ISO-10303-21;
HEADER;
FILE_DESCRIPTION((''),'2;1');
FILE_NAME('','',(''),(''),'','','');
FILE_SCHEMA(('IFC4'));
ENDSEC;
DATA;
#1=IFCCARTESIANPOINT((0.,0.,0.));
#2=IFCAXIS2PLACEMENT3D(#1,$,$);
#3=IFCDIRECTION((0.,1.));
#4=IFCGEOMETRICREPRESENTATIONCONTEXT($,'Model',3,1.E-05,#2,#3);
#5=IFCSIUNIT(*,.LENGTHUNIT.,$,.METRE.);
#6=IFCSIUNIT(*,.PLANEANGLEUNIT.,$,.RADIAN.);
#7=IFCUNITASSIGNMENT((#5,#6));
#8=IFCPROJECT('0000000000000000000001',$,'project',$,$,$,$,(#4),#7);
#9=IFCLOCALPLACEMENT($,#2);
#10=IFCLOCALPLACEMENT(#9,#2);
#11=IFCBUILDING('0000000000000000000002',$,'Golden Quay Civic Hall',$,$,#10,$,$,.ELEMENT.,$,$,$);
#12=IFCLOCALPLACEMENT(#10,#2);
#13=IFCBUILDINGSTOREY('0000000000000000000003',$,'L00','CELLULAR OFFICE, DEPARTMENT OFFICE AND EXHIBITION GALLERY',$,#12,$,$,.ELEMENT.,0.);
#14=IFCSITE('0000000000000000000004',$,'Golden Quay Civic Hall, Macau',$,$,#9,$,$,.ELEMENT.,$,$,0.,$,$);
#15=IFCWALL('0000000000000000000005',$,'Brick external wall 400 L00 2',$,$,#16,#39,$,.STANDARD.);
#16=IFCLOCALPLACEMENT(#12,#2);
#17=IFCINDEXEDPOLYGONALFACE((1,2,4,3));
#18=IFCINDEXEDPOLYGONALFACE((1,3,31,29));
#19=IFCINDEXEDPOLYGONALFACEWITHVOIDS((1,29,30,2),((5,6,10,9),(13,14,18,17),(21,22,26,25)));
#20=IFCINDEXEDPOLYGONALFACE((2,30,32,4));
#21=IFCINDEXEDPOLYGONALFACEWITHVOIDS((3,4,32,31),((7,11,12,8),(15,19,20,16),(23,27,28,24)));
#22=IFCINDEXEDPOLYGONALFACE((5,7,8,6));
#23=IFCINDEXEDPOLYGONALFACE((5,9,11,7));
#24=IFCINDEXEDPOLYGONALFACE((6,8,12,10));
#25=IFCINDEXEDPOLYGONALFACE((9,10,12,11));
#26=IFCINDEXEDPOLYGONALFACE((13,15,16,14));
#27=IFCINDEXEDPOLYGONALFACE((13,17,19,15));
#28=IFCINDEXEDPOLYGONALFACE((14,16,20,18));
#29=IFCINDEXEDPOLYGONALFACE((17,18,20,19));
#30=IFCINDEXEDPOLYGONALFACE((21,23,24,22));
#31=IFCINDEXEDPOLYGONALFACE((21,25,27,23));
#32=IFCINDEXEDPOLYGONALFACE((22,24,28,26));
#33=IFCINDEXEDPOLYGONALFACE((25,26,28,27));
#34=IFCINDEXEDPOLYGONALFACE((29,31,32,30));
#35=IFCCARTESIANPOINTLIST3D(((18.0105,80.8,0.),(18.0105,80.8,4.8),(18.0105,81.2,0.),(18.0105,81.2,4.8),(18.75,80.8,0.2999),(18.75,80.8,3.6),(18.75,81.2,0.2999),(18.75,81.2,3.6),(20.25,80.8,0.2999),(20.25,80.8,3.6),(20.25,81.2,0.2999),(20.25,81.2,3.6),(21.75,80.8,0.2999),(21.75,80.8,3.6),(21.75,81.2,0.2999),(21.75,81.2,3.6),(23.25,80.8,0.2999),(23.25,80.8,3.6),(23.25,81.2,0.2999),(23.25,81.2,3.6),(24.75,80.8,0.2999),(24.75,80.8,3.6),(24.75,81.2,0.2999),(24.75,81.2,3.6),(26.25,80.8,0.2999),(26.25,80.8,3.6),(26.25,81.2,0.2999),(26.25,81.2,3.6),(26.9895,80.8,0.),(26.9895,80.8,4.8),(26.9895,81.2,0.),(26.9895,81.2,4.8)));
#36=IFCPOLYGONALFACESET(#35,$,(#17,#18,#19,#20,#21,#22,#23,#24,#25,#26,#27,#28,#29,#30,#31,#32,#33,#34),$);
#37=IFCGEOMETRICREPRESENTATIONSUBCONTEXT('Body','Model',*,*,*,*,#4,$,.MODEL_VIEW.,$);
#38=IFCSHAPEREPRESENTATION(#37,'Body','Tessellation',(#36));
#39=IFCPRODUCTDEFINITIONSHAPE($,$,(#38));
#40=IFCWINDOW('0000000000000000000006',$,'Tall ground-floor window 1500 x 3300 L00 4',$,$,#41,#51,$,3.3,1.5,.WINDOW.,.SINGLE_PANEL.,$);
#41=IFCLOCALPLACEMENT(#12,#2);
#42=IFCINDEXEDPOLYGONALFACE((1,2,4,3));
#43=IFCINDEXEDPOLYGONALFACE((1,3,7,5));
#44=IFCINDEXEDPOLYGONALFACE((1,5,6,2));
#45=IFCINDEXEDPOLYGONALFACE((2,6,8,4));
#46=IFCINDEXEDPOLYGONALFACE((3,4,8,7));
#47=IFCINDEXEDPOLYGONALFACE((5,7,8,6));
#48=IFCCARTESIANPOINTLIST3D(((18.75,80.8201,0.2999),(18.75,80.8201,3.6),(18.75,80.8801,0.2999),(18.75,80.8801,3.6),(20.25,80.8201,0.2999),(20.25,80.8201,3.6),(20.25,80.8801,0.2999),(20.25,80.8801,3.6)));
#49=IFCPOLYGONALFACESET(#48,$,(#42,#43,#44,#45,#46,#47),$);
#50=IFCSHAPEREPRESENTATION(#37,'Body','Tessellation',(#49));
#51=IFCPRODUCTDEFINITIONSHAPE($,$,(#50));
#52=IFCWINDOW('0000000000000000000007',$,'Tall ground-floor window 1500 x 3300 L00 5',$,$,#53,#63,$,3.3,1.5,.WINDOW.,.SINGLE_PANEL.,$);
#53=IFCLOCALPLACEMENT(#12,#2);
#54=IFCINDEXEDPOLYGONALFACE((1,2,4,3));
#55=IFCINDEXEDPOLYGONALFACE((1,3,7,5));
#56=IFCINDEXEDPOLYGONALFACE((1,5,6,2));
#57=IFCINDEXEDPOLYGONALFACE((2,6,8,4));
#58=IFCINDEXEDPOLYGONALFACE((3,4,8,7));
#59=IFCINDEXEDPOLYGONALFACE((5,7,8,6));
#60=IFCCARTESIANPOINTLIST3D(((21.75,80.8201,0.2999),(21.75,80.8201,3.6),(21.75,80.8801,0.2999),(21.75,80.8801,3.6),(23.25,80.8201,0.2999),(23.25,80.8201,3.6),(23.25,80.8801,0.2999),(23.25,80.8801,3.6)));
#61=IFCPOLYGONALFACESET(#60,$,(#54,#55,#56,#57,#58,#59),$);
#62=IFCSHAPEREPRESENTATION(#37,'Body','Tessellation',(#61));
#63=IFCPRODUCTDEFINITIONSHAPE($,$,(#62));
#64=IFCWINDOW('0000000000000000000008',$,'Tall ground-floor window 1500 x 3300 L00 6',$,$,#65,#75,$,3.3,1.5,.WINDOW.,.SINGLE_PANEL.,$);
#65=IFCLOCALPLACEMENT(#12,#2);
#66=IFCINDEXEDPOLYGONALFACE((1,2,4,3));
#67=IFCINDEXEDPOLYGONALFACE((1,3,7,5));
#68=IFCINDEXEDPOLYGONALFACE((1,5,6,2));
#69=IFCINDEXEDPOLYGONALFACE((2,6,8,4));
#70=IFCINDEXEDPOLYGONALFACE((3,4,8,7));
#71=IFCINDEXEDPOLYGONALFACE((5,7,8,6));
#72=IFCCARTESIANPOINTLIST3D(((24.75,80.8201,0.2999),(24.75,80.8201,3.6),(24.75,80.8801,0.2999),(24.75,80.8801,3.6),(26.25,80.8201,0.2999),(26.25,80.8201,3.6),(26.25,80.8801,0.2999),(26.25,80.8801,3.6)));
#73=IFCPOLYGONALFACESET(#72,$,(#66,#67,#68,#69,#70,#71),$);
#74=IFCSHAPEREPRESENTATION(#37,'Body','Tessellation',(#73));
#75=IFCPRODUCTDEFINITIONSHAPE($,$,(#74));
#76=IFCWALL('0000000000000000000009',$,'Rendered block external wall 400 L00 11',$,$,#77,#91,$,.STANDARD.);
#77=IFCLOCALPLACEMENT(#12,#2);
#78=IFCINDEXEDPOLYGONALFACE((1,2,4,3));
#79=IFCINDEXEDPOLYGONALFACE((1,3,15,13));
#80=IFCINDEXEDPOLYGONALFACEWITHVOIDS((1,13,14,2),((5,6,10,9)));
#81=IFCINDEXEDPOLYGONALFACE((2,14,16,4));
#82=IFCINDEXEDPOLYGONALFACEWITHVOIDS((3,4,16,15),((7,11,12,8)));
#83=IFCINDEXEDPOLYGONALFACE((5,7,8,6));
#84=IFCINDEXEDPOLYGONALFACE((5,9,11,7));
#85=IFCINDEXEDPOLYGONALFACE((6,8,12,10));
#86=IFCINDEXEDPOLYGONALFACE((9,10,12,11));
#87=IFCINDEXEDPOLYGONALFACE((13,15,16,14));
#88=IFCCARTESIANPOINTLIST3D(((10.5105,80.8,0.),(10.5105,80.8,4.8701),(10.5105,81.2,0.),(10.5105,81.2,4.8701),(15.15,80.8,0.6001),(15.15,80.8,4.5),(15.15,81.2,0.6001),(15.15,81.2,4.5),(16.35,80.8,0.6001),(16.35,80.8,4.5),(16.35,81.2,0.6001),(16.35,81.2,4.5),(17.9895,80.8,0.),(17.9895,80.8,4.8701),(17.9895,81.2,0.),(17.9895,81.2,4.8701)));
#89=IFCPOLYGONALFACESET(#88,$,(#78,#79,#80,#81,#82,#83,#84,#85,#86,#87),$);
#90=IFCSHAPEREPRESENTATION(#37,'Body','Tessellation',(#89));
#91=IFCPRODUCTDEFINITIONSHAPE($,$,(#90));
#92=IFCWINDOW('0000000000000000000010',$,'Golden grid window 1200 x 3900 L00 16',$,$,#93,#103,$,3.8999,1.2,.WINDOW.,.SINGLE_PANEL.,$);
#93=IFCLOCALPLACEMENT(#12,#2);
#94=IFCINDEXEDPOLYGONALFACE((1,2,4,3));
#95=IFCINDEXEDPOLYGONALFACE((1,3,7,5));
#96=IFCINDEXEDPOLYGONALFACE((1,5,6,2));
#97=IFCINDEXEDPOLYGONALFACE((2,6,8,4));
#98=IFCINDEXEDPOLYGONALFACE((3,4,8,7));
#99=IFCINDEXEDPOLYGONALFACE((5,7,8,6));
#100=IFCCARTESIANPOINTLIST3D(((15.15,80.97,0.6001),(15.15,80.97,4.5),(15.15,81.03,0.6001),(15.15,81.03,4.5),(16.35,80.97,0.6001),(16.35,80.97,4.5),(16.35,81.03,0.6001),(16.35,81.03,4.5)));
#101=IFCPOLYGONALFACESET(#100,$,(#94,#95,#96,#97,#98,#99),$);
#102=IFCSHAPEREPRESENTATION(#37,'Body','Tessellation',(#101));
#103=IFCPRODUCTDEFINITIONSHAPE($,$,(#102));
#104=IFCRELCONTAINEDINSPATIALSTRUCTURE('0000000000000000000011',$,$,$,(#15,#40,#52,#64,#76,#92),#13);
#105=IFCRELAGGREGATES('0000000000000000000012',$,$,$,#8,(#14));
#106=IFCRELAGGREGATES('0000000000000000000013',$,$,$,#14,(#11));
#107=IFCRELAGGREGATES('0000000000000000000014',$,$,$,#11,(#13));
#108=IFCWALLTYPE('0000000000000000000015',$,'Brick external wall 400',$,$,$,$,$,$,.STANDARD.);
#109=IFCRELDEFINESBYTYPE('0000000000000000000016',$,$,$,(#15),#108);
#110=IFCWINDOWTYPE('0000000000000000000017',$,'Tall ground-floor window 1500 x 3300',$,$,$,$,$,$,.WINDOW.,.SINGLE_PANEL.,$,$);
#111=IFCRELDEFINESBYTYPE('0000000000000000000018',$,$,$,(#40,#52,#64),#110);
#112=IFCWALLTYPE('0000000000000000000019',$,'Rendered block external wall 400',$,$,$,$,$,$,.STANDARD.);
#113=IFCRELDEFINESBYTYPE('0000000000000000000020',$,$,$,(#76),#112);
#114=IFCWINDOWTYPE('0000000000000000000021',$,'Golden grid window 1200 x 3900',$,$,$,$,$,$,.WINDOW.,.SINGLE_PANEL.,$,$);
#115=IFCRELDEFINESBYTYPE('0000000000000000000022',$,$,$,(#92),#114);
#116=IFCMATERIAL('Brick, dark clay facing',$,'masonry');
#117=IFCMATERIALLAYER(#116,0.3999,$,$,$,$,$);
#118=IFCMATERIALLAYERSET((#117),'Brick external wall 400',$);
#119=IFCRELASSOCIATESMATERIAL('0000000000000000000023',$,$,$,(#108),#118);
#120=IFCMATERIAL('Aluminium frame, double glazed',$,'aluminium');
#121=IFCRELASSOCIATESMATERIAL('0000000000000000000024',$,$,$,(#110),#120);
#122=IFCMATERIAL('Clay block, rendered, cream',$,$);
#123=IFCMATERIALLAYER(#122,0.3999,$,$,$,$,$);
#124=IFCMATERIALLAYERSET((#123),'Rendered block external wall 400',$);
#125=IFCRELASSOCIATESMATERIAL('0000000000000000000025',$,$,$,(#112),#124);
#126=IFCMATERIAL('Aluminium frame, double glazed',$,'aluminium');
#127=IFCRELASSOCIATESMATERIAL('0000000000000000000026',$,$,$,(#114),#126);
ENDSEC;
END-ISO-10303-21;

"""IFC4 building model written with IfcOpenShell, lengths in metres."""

from ifc_helpers import new_model, si_unit, direction, frame, frame_2d, origin, place, context, subcontext, project, spatial, rectangle, extrude, material, layer, layer_set, type_object, element, fill, save


model = new_model("IFC4")

# Units and contexts
model_context = context("Model", 3, precision=1e-05, world=origin(), true_north=direction((0.0, 1.0)))
body_context = subcontext(model_context, "Body", "Model", "MODEL_VIEW")
ifc_project = project(units=[si_unit("LENGTHUNIT", "METRE"), si_unit("PLANEANGLEUNIT", "RADIAN")], contexts=[model_context])

# Site, building, storey
site_placement = place(None, origin())
site = spatial("IfcSite", under=ifc_project, at=site_placement, Name="Golden Quay Civic Hall, Macau", CompositionType="ELEMENT", RefElevation=0.0)
building_placement = place(site_placement, origin())
building = spatial("IfcBuilding", under=site, at=building_placement, Name="Golden Quay Civic Hall", CompositionType="ELEMENT")
storey_placement = place(building_placement, origin())
storey = spatial("IfcBuildingStorey", under=building, at=storey_placement, Name="L00", Description="CELLULAR OFFICE, DEPARTMENT OFFICE AND EXHIBITION GALLERY", CompositionType="ELEMENT", Elevation=0.0)

# Wall, openings, windows
ifc_material_1 = material(Name="Brick, dark clay facing", Category="masonry")
ifc_layer_1 = layer(ifc_material_1, 0.3999)
ifc_layer_set_1 = layer_set([ifc_layer_1], Name="Brick external wall 400")
wall_type_1 = type_object("IfcWallType", Name="Brick external wall 400", PredefinedType="STANDARD", material=ifc_layer_set_1)
wall_1_placement = place(storey_placement, frame((18.0105, 81.0, 0.0), z_axis=(0.0, 0.0, 1.0), x_axis=(1.0, 0.0, 0.0)))
wall_1 = element("IfcWall", 1, at=wall_1_placement, inside=storey, type_object=wall_type_1, Name="Brick external wall 400 L00 2", PredefinedType="STANDARD", context=body_context, shape_type="SweptSolid", body=[
    extrude(rectangle(XDim=8.979, YDim=0.3999, at=frame_2d((4.4895, 0.0))), origin(), (0.0, 0.0, 1.0), 4.8),
])
opening_1_placement = place(wall_1_placement, frame((0.7395, 0.0, 0.3)))
opening_1 = element("IfcOpeningElement", 2, at=opening_1_placement, cuts=wall_1, PredefinedType="OPENING", context=body_context, shape_type="SweptSolid", body=[
    extrude(rectangle(XDim=1.5, YDim=3.3, at=frame_2d((0.75, 1.6499))), frame((0.0, 0.21, 0.0), z_axis=(0.0, -1.0, 0.0), x_axis=(1.0, 0.0, 0.0)), (0.0, 0.0, 1.0), 0.4199),
])
opening_2_placement = place(wall_1_placement, frame((3.7395, 0.0, 0.3)))
opening_2 = element("IfcOpeningElement", 3, at=opening_2_placement, cuts=wall_1, PredefinedType="OPENING", context=body_context, shape_type="SweptSolid", body=[
    extrude(rectangle(XDim=1.5, YDim=3.3, at=frame_2d((0.75, 1.6499))), frame((0.0, 0.21, 0.0), z_axis=(0.0, -1.0, 0.0), x_axis=(1.0, 0.0, 0.0)), (0.0, 0.0, 1.0), 0.4199),
])
opening_3_placement = place(wall_1_placement, frame((6.7395, 0.0, 0.3)))
opening_3 = element("IfcOpeningElement", 4, at=opening_3_placement, cuts=wall_1, PredefinedType="OPENING", context=body_context, shape_type="SweptSolid", body=[
    extrude(rectangle(XDim=1.5, YDim=3.3, at=frame_2d((0.75, 1.6499))), frame((0.0, 0.21, 0.0), z_axis=(0.0, -1.0, 0.0), x_axis=(1.0, 0.0, 0.0)), (0.0, 0.0, 1.0), 0.4199),
])
ifc_material_2 = material(Name="Aluminium frame, double glazed", Category="aluminium")
window_type_1 = type_object("IfcWindowType", Name="Tall ground-floor window 1500 x 3300", PartitioningType="SINGLE_PANEL", PredefinedType="WINDOW", material=ifc_material_2)
window_1_placement = place(opening_1_placement, origin())
window_1 = element("IfcWindow", 5, at=window_1_placement, inside=storey, type_object=window_type_1, Name="Tall ground-floor window 1500 x 3300 L00 4", OverallHeight=3.3, OverallWidth=1.5, PartitioningType="SINGLE_PANEL", PredefinedType="WINDOW", context=body_context, shape_type="SweptSolid", body=[
    extrude(rectangle(XDim=1.5, YDim=3.3, at=frame_2d((0.75, 1.6499))), frame((0.0, -0.1199, 0.0), z_axis=(0.0, -1.0, 0.0), x_axis=(1.0, 0.0, 0.0)), (0.0, 0.0, 1.0), 0.0601),
])
fill(opening_1, window_1)
window_2_placement = place(opening_2_placement, origin())
window_2 = element("IfcWindow", 6, at=window_2_placement, inside=storey, type_object=window_type_1, Name="Tall ground-floor window 1500 x 3300 L00 5", OverallHeight=3.3, OverallWidth=1.5, PartitioningType="SINGLE_PANEL", PredefinedType="WINDOW", context=body_context, shape_type="SweptSolid", body=[
    extrude(rectangle(XDim=1.5, YDim=3.3, at=frame_2d((0.75, 1.6499))), frame((0.0, -0.1199, 0.0), z_axis=(0.0, -1.0, 0.0), x_axis=(1.0, 0.0, 0.0)), (0.0, 0.0, 1.0), 0.0601),
])
fill(opening_2, window_2)
window_3_placement = place(opening_3_placement, origin())
window_3 = element("IfcWindow", 7, at=window_3_placement, inside=storey, type_object=window_type_1, Name="Tall ground-floor window 1500 x 3300 L00 6", OverallHeight=3.3, OverallWidth=1.5, PartitioningType="SINGLE_PANEL", PredefinedType="WINDOW", context=body_context, shape_type="SweptSolid", body=[
    extrude(rectangle(XDim=1.5, YDim=3.3, at=frame_2d((0.75, 1.6499))), frame((0.0, -0.1199, 0.0), z_axis=(0.0, -1.0, 0.0), x_axis=(1.0, 0.0, 0.0)), (0.0, 0.0, 1.0), 0.0601),
])
fill(opening_3, window_3)

# Wall, opening, window
ifc_material_3 = material(Name="Clay block, rendered, cream")
ifc_layer_2 = layer(ifc_material_3, 0.3999)
ifc_layer_set_2 = layer_set([ifc_layer_2], Name="Rendered block external wall 400")
wall_type_2 = type_object("IfcWallType", Name="Rendered block external wall 400", PredefinedType="STANDARD", material=ifc_layer_set_2)
wall_2_placement = place(storey_placement, frame((10.5105, 81.0, 0.0), z_axis=(0.0, 0.0, 1.0), x_axis=(1.0, 0.0, 0.0)))
wall_2 = element("IfcWall", 8, at=wall_2_placement, inside=storey, type_object=wall_type_2, Name="Rendered block external wall 400 L00 11", PredefinedType="STANDARD", context=body_context, shape_type="SweptSolid", body=[
    extrude(rectangle(XDim=7.479, YDim=0.3999, at=frame_2d((3.7395, 0.0))), origin(), (0.0, 0.0, 1.0), 4.8701),
])
opening_4_placement = place(wall_2_placement, frame((4.6394, 0.0, 0.6001)))
opening_4 = element("IfcOpeningElement", 9, at=opening_4_placement, cuts=wall_2, PredefinedType="OPENING", context=body_context, shape_type="SweptSolid", body=[
    extrude(rectangle(XDim=1.2, YDim=3.8999, at=frame_2d((0.6001, 1.95))), frame((0.0, 0.21, 0.0), z_axis=(0.0, -1.0, 0.0), x_axis=(1.0, 0.0, 0.0)), (0.0, 0.0, 1.0), 0.4199),
])
ifc_material_4 = material(Name="Aluminium frame, double glazed", Category="aluminium")
window_type_2 = type_object("IfcWindowType", Name="Golden grid window 1200 x 3900", PartitioningType="SINGLE_PANEL", PredefinedType="WINDOW", material=ifc_material_4)
window_4_placement = place(opening_4_placement, origin())
window_4 = element("IfcWindow", 10, at=window_4_placement, inside=storey, type_object=window_type_2, Name="Golden grid window 1200 x 3900 L00 16", OverallHeight=3.8999, OverallWidth=1.2, PartitioningType="SINGLE_PANEL", PredefinedType="WINDOW", context=body_context, shape_type="SweptSolid", body=[
    extrude(rectangle(XDim=1.2, YDim=3.8999, at=frame_2d((0.6001, 1.95))), frame((0.0, 0.03, 0.0), z_axis=(0.0, -1.0, 0.0), x_axis=(1.0, 0.0, 0.0)), (0.0, 0.0, 1.0), 0.0601),
])
fill(opening_4, window_4)

save(model, "model.ifc")
